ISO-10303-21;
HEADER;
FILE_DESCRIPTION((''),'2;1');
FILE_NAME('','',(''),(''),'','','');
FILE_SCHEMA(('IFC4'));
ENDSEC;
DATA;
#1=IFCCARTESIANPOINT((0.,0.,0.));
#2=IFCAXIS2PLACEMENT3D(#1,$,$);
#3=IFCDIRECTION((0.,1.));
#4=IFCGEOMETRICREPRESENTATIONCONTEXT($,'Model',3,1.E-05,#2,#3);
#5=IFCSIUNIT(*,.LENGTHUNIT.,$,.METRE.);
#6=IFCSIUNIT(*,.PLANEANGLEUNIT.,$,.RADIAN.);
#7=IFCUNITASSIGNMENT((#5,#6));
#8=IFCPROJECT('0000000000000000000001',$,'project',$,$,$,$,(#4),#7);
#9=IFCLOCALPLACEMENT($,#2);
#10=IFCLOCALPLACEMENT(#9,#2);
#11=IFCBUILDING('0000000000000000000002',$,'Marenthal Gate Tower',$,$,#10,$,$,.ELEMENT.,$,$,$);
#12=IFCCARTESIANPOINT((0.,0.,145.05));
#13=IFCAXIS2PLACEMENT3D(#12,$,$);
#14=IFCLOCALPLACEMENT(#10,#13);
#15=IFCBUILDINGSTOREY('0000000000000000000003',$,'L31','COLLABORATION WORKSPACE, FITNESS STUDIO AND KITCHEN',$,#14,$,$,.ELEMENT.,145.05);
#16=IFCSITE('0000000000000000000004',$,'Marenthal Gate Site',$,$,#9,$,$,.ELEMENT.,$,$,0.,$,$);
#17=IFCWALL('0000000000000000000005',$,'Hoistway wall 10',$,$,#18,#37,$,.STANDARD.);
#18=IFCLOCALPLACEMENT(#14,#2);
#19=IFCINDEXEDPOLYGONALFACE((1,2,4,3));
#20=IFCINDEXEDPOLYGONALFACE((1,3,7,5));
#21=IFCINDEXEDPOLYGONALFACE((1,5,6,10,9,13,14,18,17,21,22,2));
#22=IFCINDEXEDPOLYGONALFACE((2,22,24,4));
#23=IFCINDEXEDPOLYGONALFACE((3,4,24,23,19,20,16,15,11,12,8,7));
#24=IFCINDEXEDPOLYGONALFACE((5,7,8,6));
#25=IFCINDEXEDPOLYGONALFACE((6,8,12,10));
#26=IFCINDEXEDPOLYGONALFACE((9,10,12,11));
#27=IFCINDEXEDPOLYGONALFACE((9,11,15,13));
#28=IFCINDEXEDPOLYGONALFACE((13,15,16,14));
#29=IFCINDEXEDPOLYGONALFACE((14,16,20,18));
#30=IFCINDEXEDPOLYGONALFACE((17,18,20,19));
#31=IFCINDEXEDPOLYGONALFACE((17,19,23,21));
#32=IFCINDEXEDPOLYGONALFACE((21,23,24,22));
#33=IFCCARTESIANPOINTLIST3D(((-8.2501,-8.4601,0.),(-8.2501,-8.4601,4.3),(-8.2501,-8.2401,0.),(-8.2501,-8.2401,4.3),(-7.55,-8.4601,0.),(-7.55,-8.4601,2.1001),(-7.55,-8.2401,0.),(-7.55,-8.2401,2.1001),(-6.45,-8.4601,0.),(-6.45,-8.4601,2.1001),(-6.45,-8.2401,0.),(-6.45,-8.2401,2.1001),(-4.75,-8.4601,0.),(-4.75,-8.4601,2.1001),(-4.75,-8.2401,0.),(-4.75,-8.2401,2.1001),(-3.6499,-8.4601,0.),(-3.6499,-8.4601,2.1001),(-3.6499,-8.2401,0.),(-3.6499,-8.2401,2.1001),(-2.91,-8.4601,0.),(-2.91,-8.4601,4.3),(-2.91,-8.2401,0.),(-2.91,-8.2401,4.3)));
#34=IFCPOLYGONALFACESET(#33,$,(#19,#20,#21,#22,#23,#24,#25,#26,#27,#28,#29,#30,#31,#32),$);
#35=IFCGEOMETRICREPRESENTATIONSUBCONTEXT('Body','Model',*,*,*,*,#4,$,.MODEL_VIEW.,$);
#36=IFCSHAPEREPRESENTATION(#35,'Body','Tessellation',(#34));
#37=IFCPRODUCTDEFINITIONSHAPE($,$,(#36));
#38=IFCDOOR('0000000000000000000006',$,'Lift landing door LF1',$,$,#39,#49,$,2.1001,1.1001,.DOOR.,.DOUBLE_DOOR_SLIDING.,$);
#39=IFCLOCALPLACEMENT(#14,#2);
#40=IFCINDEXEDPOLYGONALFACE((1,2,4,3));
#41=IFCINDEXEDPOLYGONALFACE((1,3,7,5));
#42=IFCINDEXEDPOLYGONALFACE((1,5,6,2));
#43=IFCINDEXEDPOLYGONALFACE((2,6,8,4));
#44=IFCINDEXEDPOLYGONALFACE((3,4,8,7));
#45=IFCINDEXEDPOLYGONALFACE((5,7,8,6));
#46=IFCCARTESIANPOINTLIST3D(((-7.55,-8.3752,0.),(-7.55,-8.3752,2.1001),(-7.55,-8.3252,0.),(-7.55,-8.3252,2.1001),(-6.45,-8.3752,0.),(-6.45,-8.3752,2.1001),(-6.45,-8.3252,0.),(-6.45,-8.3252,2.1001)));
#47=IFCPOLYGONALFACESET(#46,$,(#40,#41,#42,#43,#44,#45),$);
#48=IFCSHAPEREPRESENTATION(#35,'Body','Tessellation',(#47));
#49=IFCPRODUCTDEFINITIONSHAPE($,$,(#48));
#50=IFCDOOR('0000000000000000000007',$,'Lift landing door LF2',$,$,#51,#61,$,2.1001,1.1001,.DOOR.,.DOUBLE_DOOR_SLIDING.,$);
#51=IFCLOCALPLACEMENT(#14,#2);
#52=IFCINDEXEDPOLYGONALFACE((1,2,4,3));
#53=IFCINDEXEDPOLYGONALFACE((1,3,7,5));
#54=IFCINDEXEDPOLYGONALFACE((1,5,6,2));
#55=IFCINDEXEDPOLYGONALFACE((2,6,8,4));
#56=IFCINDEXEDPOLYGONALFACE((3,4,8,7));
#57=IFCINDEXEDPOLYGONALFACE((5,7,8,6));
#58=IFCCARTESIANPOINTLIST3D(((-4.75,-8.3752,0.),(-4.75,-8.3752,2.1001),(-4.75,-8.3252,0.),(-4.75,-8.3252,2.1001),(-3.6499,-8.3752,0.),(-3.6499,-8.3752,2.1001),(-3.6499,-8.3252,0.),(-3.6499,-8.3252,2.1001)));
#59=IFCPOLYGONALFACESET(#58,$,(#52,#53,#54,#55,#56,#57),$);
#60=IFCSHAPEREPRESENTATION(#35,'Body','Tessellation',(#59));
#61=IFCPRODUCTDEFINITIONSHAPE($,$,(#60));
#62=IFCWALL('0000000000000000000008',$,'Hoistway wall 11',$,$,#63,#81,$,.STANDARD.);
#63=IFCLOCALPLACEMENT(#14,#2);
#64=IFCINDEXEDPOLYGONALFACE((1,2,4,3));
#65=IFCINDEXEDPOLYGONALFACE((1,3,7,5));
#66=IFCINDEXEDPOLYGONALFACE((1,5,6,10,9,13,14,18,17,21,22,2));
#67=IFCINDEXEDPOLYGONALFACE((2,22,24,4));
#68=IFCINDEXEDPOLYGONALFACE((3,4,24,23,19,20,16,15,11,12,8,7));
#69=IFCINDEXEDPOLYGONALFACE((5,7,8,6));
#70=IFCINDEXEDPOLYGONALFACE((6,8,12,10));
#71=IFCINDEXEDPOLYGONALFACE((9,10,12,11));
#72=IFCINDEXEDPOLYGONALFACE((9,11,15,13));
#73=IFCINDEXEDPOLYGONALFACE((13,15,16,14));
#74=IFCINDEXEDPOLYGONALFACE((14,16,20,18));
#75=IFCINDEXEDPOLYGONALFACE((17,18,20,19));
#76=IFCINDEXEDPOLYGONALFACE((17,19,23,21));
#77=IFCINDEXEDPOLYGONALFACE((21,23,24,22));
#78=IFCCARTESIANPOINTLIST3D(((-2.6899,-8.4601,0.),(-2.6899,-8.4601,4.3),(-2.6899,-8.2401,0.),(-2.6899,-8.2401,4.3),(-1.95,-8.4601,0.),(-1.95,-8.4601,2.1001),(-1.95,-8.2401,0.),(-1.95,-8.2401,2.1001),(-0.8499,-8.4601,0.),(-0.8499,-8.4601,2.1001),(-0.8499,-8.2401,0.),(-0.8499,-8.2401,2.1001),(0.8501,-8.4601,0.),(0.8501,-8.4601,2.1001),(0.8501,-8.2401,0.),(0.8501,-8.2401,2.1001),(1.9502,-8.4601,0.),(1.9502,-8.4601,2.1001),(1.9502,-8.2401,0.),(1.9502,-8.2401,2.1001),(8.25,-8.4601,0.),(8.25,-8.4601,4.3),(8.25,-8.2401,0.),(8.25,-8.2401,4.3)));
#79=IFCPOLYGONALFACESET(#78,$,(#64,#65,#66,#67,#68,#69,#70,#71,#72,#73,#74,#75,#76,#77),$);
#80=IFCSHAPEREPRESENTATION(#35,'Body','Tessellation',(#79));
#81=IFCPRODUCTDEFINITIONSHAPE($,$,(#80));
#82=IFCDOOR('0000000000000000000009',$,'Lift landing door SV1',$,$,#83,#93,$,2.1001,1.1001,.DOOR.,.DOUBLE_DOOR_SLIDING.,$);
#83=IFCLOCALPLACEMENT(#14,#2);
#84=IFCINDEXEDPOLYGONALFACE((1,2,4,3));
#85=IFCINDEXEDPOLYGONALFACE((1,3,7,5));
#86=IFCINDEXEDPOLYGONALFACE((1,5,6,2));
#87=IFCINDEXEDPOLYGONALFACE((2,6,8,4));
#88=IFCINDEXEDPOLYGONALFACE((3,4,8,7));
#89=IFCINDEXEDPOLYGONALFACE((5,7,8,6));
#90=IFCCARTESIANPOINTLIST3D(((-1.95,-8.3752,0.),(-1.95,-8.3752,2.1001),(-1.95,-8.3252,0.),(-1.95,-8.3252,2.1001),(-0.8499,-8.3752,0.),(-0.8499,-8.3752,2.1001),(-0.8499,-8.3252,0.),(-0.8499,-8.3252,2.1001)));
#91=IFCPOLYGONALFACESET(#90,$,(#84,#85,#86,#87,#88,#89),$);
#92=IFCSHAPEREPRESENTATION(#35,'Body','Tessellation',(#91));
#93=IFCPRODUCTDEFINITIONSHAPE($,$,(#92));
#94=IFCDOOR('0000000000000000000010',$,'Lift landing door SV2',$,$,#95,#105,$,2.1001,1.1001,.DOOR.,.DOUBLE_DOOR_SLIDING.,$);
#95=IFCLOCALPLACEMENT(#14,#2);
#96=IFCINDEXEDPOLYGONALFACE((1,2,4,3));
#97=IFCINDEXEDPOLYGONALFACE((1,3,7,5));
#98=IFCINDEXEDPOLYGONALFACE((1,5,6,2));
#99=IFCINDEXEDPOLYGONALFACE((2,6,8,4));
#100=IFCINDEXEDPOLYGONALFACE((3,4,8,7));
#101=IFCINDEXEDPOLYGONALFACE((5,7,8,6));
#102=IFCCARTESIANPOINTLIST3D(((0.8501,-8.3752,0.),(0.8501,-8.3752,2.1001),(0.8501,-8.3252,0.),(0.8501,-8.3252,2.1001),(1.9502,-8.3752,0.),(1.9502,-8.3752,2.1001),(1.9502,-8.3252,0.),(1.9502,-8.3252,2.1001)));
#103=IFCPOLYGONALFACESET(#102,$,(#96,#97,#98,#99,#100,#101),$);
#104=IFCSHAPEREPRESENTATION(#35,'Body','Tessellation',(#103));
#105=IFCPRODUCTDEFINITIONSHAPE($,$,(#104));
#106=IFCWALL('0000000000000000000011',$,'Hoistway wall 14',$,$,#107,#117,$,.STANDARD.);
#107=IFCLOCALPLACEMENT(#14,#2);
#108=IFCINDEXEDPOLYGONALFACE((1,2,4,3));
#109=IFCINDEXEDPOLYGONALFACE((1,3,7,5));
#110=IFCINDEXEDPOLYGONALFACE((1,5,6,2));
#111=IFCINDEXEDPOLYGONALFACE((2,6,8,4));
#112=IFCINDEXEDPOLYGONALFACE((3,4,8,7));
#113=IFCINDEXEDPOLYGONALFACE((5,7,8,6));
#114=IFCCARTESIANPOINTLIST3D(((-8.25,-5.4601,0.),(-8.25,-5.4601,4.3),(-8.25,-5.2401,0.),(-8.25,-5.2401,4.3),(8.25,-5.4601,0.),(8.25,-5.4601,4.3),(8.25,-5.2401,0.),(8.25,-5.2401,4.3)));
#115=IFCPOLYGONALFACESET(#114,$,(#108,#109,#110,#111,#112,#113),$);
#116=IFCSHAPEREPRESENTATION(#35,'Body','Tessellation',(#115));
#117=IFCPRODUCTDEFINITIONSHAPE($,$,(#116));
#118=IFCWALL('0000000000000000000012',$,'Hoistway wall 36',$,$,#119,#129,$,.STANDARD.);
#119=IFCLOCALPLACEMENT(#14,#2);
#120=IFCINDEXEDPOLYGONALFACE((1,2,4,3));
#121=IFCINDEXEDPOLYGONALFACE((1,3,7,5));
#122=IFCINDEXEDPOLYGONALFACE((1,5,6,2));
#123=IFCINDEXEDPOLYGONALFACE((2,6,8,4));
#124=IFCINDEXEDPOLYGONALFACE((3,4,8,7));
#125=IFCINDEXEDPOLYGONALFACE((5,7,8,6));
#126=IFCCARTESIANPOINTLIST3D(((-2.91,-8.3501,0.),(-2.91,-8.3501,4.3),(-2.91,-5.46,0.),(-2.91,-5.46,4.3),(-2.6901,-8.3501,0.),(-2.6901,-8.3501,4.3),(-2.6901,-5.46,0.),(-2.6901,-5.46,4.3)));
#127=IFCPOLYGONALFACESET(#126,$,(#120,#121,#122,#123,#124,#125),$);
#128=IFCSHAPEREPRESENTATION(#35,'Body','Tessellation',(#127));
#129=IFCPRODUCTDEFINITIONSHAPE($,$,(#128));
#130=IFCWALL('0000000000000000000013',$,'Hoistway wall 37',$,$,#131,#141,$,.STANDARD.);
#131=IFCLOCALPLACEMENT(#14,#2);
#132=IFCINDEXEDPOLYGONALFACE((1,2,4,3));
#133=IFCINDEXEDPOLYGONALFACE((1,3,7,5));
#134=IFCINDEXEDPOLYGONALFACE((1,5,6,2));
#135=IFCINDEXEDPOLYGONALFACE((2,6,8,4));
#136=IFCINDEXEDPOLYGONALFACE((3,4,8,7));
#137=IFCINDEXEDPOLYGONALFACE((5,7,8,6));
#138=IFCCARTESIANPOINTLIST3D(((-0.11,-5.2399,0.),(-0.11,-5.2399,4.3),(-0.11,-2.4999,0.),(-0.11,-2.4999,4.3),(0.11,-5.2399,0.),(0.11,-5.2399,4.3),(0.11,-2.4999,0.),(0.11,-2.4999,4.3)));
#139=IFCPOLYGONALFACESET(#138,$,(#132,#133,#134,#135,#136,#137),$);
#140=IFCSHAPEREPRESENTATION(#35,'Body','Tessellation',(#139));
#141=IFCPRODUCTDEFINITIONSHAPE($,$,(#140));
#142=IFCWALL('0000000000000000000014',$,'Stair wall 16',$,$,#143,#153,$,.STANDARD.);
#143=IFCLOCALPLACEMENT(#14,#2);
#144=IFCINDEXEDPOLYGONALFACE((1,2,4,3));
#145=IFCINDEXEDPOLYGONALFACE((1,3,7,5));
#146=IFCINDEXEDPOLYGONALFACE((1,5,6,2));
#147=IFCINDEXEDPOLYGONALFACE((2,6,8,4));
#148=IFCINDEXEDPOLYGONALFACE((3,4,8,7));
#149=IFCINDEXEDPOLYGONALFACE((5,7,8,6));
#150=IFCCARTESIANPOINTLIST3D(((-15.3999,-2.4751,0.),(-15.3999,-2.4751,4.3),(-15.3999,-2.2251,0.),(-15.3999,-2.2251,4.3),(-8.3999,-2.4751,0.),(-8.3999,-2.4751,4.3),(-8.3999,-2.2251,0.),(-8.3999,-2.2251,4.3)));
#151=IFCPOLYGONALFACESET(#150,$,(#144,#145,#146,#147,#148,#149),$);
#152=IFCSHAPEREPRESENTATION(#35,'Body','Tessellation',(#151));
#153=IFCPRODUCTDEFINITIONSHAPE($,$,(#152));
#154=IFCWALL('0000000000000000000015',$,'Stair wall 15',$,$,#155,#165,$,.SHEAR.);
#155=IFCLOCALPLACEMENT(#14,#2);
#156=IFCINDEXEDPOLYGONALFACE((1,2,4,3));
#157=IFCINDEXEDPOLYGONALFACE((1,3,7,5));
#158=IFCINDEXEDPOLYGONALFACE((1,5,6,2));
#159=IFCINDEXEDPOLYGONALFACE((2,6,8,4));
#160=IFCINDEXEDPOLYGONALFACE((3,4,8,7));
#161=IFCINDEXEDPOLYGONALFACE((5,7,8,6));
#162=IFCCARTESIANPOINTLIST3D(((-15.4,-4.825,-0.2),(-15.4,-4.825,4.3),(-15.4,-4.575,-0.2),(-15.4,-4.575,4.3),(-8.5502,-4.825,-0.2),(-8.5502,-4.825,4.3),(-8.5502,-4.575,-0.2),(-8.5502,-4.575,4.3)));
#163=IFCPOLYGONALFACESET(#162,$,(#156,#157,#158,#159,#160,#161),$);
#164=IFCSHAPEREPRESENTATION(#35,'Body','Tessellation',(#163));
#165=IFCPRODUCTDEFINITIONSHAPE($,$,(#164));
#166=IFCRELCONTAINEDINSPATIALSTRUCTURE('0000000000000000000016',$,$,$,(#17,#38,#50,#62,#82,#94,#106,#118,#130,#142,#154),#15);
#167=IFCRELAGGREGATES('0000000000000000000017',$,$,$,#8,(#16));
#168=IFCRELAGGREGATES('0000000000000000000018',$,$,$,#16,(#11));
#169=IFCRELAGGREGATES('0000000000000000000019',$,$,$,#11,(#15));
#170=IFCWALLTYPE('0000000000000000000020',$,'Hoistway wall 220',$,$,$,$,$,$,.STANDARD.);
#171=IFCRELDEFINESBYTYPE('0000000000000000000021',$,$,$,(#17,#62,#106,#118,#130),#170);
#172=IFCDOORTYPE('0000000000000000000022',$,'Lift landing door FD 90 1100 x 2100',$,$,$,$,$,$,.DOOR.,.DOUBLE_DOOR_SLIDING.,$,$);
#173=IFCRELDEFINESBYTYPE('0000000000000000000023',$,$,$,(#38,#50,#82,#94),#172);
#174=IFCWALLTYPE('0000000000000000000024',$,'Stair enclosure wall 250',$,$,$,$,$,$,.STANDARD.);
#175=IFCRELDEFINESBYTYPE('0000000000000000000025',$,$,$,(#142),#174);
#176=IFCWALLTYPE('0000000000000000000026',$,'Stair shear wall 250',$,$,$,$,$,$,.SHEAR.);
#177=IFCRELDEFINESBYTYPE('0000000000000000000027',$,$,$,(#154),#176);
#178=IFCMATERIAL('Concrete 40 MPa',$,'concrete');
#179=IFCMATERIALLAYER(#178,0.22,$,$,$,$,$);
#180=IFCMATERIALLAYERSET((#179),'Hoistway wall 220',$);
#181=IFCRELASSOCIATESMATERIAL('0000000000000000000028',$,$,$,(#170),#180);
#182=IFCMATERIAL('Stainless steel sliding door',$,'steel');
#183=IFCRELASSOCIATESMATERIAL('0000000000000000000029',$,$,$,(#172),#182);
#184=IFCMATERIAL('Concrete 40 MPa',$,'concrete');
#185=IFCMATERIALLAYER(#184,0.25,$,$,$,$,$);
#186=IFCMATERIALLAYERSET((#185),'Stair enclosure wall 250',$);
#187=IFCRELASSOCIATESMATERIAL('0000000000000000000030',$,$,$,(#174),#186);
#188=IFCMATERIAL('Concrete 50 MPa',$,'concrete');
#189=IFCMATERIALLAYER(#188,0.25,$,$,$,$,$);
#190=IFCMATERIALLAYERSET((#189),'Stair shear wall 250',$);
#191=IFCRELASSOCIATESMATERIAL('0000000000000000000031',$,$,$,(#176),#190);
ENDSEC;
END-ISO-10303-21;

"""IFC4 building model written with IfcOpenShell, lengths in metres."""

from ifc_helpers import new_model, si_unit, direction, frame, frame_2d, origin, place, context, subcontext, project, spatial, rectangle, extrude, material, layer, layer_set, type_object, element, fill, save


model = new_model("IFC4")

# Units and contexts
model_context = context("Model", 3, precision=1e-05, world=origin(), true_north=direction((0.0, 1.0)))
body_context = subcontext(model_context, "Body", "Model", "MODEL_VIEW")
ifc_project = project(units=[si_unit("LENGTHUNIT", "METRE"), si_unit("PLANEANGLEUNIT", "RADIAN")], contexts=[model_context])

# Site, building, storey
site_placement = place(None, origin())
site = spatial("IfcSite", under=ifc_project, at=site_placement, Name="Marenthal Gate Site", CompositionType="ELEMENT", RefElevation=0.0)
building_placement = place(site_placement, origin())
building = spatial("IfcBuilding", under=site, at=building_placement, Name="Marenthal Gate Tower", CompositionType="ELEMENT")
storey_placement = place(building_placement, frame((0.0, 0.0, 145.05)))
storey = spatial("IfcBuildingStorey", under=building, at=storey_placement, Name="L31", Description="COLLABORATION WORKSPACE, FITNESS STUDIO AND KITCHEN", CompositionType="ELEMENT", Elevation=145.05)

# Walls, openings, doors
ifc_material_1 = material(Name="Concrete 40 MPa", Category="concrete")
ifc_layer_1 = layer(ifc_material_1, 0.22)
ifc_layer_set_1 = layer_set([ifc_layer_1], Name="Hoistway wall 220")
wall_type_1 = type_object("IfcWallType", Name="Hoistway wall 220", PredefinedType="STANDARD", material=ifc_layer_set_1)
wall_1_placement = place(storey_placement, frame((-8.25, -8.3501, 0.0), z_axis=(0.0, 0.0, 1.0), x_axis=(1.0, 0.0, 0.0)))
wall_1 = element("IfcWall", 1, at=wall_1_placement, inside=storey, type_object=wall_type_1, Name="Hoistway wall 10", PredefinedType="STANDARD", context=body_context, shape_type="SweptSolid", body=[
    extrude(rectangle(XDim=5.3401, YDim=0.22, at=frame_2d((2.6699, 0.0))), origin(), (0.0, 0.0, 1.0), 4.3),
])
opening_1_placement = place(wall_1_placement, frame((0.7, 0.0, 0.0)))
opening_1 = element("IfcOpeningElement", 2, at=opening_1_placement, cuts=wall_1, PredefinedType="OPENING", context=body_context, shape_type="SweptSolid", body=[
    extrude(rectangle(XDim=1.1001, YDim=2.1001, at=frame_2d((0.55, 1.05))), frame((0.0, 0.1201, 0.0), z_axis=(0.0, -1.0, 0.0), x_axis=(1.0, 0.0, 0.0)), (0.0, 0.0, 1.0), 0.24),
])
opening_2_placement = place(wall_1_placement, frame((3.5, 0.0, 0.0)))
opening_2 = element("IfcOpeningElement", 3, at=opening_2_placement, cuts=wall_1, PredefinedType="OPENING", context=body_context, shape_type="SweptSolid", body=[
    extrude(rectangle(XDim=1.1001, YDim=2.1001, at=frame_2d((0.55, 1.05))), frame((0.0, 0.1201, 0.0), z_axis=(0.0, -1.0, 0.0), x_axis=(1.0, 0.0, 0.0)), (0.0, 0.0, 1.0), 0.24),
])
ifc_material_2 = material(Name="Stainless steel sliding door", Category="steel")
door_type_1 = type_object("IfcDoorType", Name="Lift landing door FD 90 1100 x 2100", OperationType="DOUBLE_DOOR_SLIDING", PredefinedType="DOOR", material=ifc_material_2)
door_1_placement = place(opening_1_placement, origin())
door_1 = element("IfcDoor", 4, at=door_1_placement, inside=storey, type_object=door_type_1, Name="Lift landing door LF1", OperationType="DOUBLE_DOOR_SLIDING", OverallHeight=2.1001, OverallWidth=1.1001, PredefinedType="DOOR", context=body_context, shape_type="SweptSolid", body=[
    extrude(rectangle(XDim=1.1001, YDim=2.1001, at=frame_2d((0.55, 1.05))), frame((0.0, 0.0249, 0.0), z_axis=(0.0, -1.0, 0.0), x_axis=(1.0, 0.0, 0.0)), (0.0, 0.0, 1.0), 0.05),
])
fill(opening_1, door_1)
door_2_placement = place(opening_2_placement, origin())
door_2 = element("IfcDoor", 5, at=door_2_placement, inside=storey, type_object=door_type_1, Name="Lift landing door LF2", OperationType="DOUBLE_DOOR_SLIDING", OverallHeight=2.1001, OverallWidth=1.1001, PredefinedType="DOOR", context=body_context, shape_type="SweptSolid", body=[
    extrude(rectangle(XDim=1.1001, YDim=2.1001, at=frame_2d((0.55, 1.05))), frame((0.0, 0.0249, 0.0), z_axis=(0.0, -1.0, 0.0), x_axis=(1.0, 0.0, 0.0)), (0.0, 0.0, 1.0), 0.05),
])
fill(opening_2, door_2)
wall_2_placement = place(storey_placement, frame((-2.6899, -8.3501, 0.0), z_axis=(0.0, 0.0, 1.0), x_axis=(1.0, 0.0, 0.0)))
wall_2 = element("IfcWall", 6, at=wall_2_placement, inside=storey, type_object=wall_type_1, Name="Hoistway wall 11", PredefinedType="STANDARD", context=body_context, shape_type="SweptSolid", body=[
    extrude(rectangle(XDim=10.9399, YDim=0.22, at=frame_2d((5.47, 0.0))), origin(), (0.0, 0.0, 1.0), 4.3),
])
opening_3_placement = place(wall_2_placement, frame((0.74, 0.0, 0.0)))
opening_3 = element("IfcOpeningElement", 7, at=opening_3_placement, cuts=wall_2, PredefinedType="OPENING", context=body_context, shape_type="SweptSolid", body=[
    extrude(rectangle(XDim=1.1001, YDim=2.1001, at=frame_2d((0.55, 1.05))), frame((0.0, 0.1201, 0.0), z_axis=(0.0, -1.0, 0.0), x_axis=(1.0, 0.0, 0.0)), (0.0, 0.0, 1.0), 0.24),
])
opening_4_placement = place(wall_2_placement, frame((3.54, 0.0, 0.0)))
opening_4 = element("IfcOpeningElement", 8, at=opening_4_placement, cuts=wall_2, PredefinedType="OPENING", context=body_context, shape_type="SweptSolid", body=[
    extrude(rectangle(XDim=1.1001, YDim=2.1001, at=frame_2d((0.55, 1.05))), frame((0.0, 0.1201, 0.0), z_axis=(0.0, -1.0, 0.0), x_axis=(1.0, 0.0, 0.0)), (0.0, 0.0, 1.0), 0.24),
])
door_3_placement = place(opening_3_placement, origin())
door_3 = element("IfcDoor", 9, at=door_3_placement, inside=storey, type_object=door_type_1, Name="Lift landing door SV1", OperationType="DOUBLE_DOOR_SLIDING", OverallHeight=2.1001, OverallWidth=1.1001, PredefinedType="DOOR", context=body_context, shape_type="SweptSolid", body=[
    extrude(rectangle(XDim=1.1001, YDim=2.1001, at=frame_2d((0.55, 1.05))), frame((0.0, 0.0249, 0.0), z_axis=(0.0, -1.0, 0.0), x_axis=(1.0, 0.0, 0.0)), (0.0, 0.0, 1.0), 0.05),
])
fill(opening_3, door_3)
door_4_placement = place(opening_4_placement, origin())
door_4 = element("IfcDoor", 10, at=door_4_placement, inside=storey, type_object=door_type_1, Name="Lift landing door SV2", OperationType="DOUBLE_DOOR_SLIDING", OverallHeight=2.1001, OverallWidth=1.1001, PredefinedType="DOOR", context=body_context, shape_type="SweptSolid", body=[
    extrude(rectangle(XDim=1.1001, YDim=2.1001, at=frame_2d((0.55, 1.05))), frame((0.0, 0.0249, 0.0), z_axis=(0.0, -1.0, 0.0), x_axis=(1.0, 0.0, 0.0)), (0.0, 0.0, 1.0), 0.05),
])
fill(opening_4, door_4)

# Walls
wall_3_placement = place(storey_placement, frame((-8.25, -5.3501, 0.0), z_axis=(0.0, 0.0, 1.0), x_axis=(1.0, 0.0, 0.0)))
element("IfcWall", 11, at=wall_3_placement, inside=storey, type_object=wall_type_1, Name="Hoistway wall 14", PredefinedType="STANDARD", context=body_context, shape_type="SweptSolid", body=[
    extrude(rectangle(XDim=16.5, YDim=0.22, at=frame_2d((8.25, 0.0))), origin(), (0.0, 0.0, 1.0), 4.3),
])
wall_4_placement = place(storey_placement, frame((-2.8, -8.3501, 0.0), z_axis=(0.0, 0.0, 1.0), x_axis=(0.0, 1.0, 0.0)))
element("IfcWall", 12, at=wall_4_placement, inside=storey, type_object=wall_type_1, Name="Hoistway wall 36", PredefinedType="STANDARD", context=body_context, shape_type="SweptSolid", body=[
    extrude(rectangle(XDim=2.8901, YDim=0.22, at=frame_2d((1.4451, 0.0))), origin(), (0.0, 0.0, 1.0), 4.3),
])
wall_5_placement = place(storey_placement, frame((0.0, -5.24, 0.0), z_axis=(0.0, 0.0, 1.0), x_axis=(0.0, 1.0, 0.0)))
element("IfcWall", 13, at=wall_5_placement, inside=storey, type_object=wall_type_1, Name="Hoistway wall 37", PredefinedType="STANDARD", context=body_context, shape_type="SweptSolid", body=[
    extrude(rectangle(XDim=2.74, YDim=0.22, at=frame_2d((1.3701, 0.0))), origin(), (0.0, 0.0, 1.0), 4.3),
])
ifc_material_3 = material(Name="Concrete 40 MPa", Category="concrete")
ifc_layer_2 = layer(ifc_material_3, 0.25)
ifc_layer_set_2 = layer_set([ifc_layer_2], Name="Stair enclosure wall 250")
wall_type_2 = type_object("IfcWallType", Name="Stair enclosure wall 250", PredefinedType="STANDARD", material=ifc_layer_set_2)
wall_6_placement = place(storey_placement, frame((-15.3999, -2.3501, 0.0), z_axis=(0.0, 0.0, 1.0), x_axis=(1.0, 0.0, 0.0)))
element("IfcWall", 14, at=wall_6_placement, inside=storey, type_object=wall_type_2, Name="Stair wall 16", PredefinedType="STANDARD", context=body_context, shape_type="SweptSolid", body=[
    extrude(rectangle(XDim=7.0, YDim=0.25, at=frame_2d((3.5, 0.0))), origin(), (0.0, 0.0, 1.0), 4.3),
])
ifc_material_4 = material(Name="Concrete 50 MPa", Category="concrete")
ifc_layer_3 = layer(ifc_material_4, 0.25)
ifc_layer_set_3 = layer_set([ifc_layer_3], Name="Stair shear wall 250")
wall_type_3 = type_object("IfcWallType", Name="Stair shear wall 250", PredefinedType="SHEAR", material=ifc_layer_set_3)
wall_7_placement = place(storey_placement, frame((-15.3999, -4.7, -0.2), z_axis=(0.0, 0.0, 1.0), x_axis=(1.0, 0.0, 0.0)))
element("IfcWall", 15, at=wall_7_placement, inside=storey, type_object=wall_type_3, Name="Stair wall 15", PredefinedType="SHEAR", context=body_context, shape_type="SweptSolid", body=[
    extrude(rectangle(XDim=6.8499, YDim=0.25, at=frame_2d((3.4248, 0.0))), origin(), (0.0, 0.0, 1.0), 4.5),
])

save(model, "model.ifc")
